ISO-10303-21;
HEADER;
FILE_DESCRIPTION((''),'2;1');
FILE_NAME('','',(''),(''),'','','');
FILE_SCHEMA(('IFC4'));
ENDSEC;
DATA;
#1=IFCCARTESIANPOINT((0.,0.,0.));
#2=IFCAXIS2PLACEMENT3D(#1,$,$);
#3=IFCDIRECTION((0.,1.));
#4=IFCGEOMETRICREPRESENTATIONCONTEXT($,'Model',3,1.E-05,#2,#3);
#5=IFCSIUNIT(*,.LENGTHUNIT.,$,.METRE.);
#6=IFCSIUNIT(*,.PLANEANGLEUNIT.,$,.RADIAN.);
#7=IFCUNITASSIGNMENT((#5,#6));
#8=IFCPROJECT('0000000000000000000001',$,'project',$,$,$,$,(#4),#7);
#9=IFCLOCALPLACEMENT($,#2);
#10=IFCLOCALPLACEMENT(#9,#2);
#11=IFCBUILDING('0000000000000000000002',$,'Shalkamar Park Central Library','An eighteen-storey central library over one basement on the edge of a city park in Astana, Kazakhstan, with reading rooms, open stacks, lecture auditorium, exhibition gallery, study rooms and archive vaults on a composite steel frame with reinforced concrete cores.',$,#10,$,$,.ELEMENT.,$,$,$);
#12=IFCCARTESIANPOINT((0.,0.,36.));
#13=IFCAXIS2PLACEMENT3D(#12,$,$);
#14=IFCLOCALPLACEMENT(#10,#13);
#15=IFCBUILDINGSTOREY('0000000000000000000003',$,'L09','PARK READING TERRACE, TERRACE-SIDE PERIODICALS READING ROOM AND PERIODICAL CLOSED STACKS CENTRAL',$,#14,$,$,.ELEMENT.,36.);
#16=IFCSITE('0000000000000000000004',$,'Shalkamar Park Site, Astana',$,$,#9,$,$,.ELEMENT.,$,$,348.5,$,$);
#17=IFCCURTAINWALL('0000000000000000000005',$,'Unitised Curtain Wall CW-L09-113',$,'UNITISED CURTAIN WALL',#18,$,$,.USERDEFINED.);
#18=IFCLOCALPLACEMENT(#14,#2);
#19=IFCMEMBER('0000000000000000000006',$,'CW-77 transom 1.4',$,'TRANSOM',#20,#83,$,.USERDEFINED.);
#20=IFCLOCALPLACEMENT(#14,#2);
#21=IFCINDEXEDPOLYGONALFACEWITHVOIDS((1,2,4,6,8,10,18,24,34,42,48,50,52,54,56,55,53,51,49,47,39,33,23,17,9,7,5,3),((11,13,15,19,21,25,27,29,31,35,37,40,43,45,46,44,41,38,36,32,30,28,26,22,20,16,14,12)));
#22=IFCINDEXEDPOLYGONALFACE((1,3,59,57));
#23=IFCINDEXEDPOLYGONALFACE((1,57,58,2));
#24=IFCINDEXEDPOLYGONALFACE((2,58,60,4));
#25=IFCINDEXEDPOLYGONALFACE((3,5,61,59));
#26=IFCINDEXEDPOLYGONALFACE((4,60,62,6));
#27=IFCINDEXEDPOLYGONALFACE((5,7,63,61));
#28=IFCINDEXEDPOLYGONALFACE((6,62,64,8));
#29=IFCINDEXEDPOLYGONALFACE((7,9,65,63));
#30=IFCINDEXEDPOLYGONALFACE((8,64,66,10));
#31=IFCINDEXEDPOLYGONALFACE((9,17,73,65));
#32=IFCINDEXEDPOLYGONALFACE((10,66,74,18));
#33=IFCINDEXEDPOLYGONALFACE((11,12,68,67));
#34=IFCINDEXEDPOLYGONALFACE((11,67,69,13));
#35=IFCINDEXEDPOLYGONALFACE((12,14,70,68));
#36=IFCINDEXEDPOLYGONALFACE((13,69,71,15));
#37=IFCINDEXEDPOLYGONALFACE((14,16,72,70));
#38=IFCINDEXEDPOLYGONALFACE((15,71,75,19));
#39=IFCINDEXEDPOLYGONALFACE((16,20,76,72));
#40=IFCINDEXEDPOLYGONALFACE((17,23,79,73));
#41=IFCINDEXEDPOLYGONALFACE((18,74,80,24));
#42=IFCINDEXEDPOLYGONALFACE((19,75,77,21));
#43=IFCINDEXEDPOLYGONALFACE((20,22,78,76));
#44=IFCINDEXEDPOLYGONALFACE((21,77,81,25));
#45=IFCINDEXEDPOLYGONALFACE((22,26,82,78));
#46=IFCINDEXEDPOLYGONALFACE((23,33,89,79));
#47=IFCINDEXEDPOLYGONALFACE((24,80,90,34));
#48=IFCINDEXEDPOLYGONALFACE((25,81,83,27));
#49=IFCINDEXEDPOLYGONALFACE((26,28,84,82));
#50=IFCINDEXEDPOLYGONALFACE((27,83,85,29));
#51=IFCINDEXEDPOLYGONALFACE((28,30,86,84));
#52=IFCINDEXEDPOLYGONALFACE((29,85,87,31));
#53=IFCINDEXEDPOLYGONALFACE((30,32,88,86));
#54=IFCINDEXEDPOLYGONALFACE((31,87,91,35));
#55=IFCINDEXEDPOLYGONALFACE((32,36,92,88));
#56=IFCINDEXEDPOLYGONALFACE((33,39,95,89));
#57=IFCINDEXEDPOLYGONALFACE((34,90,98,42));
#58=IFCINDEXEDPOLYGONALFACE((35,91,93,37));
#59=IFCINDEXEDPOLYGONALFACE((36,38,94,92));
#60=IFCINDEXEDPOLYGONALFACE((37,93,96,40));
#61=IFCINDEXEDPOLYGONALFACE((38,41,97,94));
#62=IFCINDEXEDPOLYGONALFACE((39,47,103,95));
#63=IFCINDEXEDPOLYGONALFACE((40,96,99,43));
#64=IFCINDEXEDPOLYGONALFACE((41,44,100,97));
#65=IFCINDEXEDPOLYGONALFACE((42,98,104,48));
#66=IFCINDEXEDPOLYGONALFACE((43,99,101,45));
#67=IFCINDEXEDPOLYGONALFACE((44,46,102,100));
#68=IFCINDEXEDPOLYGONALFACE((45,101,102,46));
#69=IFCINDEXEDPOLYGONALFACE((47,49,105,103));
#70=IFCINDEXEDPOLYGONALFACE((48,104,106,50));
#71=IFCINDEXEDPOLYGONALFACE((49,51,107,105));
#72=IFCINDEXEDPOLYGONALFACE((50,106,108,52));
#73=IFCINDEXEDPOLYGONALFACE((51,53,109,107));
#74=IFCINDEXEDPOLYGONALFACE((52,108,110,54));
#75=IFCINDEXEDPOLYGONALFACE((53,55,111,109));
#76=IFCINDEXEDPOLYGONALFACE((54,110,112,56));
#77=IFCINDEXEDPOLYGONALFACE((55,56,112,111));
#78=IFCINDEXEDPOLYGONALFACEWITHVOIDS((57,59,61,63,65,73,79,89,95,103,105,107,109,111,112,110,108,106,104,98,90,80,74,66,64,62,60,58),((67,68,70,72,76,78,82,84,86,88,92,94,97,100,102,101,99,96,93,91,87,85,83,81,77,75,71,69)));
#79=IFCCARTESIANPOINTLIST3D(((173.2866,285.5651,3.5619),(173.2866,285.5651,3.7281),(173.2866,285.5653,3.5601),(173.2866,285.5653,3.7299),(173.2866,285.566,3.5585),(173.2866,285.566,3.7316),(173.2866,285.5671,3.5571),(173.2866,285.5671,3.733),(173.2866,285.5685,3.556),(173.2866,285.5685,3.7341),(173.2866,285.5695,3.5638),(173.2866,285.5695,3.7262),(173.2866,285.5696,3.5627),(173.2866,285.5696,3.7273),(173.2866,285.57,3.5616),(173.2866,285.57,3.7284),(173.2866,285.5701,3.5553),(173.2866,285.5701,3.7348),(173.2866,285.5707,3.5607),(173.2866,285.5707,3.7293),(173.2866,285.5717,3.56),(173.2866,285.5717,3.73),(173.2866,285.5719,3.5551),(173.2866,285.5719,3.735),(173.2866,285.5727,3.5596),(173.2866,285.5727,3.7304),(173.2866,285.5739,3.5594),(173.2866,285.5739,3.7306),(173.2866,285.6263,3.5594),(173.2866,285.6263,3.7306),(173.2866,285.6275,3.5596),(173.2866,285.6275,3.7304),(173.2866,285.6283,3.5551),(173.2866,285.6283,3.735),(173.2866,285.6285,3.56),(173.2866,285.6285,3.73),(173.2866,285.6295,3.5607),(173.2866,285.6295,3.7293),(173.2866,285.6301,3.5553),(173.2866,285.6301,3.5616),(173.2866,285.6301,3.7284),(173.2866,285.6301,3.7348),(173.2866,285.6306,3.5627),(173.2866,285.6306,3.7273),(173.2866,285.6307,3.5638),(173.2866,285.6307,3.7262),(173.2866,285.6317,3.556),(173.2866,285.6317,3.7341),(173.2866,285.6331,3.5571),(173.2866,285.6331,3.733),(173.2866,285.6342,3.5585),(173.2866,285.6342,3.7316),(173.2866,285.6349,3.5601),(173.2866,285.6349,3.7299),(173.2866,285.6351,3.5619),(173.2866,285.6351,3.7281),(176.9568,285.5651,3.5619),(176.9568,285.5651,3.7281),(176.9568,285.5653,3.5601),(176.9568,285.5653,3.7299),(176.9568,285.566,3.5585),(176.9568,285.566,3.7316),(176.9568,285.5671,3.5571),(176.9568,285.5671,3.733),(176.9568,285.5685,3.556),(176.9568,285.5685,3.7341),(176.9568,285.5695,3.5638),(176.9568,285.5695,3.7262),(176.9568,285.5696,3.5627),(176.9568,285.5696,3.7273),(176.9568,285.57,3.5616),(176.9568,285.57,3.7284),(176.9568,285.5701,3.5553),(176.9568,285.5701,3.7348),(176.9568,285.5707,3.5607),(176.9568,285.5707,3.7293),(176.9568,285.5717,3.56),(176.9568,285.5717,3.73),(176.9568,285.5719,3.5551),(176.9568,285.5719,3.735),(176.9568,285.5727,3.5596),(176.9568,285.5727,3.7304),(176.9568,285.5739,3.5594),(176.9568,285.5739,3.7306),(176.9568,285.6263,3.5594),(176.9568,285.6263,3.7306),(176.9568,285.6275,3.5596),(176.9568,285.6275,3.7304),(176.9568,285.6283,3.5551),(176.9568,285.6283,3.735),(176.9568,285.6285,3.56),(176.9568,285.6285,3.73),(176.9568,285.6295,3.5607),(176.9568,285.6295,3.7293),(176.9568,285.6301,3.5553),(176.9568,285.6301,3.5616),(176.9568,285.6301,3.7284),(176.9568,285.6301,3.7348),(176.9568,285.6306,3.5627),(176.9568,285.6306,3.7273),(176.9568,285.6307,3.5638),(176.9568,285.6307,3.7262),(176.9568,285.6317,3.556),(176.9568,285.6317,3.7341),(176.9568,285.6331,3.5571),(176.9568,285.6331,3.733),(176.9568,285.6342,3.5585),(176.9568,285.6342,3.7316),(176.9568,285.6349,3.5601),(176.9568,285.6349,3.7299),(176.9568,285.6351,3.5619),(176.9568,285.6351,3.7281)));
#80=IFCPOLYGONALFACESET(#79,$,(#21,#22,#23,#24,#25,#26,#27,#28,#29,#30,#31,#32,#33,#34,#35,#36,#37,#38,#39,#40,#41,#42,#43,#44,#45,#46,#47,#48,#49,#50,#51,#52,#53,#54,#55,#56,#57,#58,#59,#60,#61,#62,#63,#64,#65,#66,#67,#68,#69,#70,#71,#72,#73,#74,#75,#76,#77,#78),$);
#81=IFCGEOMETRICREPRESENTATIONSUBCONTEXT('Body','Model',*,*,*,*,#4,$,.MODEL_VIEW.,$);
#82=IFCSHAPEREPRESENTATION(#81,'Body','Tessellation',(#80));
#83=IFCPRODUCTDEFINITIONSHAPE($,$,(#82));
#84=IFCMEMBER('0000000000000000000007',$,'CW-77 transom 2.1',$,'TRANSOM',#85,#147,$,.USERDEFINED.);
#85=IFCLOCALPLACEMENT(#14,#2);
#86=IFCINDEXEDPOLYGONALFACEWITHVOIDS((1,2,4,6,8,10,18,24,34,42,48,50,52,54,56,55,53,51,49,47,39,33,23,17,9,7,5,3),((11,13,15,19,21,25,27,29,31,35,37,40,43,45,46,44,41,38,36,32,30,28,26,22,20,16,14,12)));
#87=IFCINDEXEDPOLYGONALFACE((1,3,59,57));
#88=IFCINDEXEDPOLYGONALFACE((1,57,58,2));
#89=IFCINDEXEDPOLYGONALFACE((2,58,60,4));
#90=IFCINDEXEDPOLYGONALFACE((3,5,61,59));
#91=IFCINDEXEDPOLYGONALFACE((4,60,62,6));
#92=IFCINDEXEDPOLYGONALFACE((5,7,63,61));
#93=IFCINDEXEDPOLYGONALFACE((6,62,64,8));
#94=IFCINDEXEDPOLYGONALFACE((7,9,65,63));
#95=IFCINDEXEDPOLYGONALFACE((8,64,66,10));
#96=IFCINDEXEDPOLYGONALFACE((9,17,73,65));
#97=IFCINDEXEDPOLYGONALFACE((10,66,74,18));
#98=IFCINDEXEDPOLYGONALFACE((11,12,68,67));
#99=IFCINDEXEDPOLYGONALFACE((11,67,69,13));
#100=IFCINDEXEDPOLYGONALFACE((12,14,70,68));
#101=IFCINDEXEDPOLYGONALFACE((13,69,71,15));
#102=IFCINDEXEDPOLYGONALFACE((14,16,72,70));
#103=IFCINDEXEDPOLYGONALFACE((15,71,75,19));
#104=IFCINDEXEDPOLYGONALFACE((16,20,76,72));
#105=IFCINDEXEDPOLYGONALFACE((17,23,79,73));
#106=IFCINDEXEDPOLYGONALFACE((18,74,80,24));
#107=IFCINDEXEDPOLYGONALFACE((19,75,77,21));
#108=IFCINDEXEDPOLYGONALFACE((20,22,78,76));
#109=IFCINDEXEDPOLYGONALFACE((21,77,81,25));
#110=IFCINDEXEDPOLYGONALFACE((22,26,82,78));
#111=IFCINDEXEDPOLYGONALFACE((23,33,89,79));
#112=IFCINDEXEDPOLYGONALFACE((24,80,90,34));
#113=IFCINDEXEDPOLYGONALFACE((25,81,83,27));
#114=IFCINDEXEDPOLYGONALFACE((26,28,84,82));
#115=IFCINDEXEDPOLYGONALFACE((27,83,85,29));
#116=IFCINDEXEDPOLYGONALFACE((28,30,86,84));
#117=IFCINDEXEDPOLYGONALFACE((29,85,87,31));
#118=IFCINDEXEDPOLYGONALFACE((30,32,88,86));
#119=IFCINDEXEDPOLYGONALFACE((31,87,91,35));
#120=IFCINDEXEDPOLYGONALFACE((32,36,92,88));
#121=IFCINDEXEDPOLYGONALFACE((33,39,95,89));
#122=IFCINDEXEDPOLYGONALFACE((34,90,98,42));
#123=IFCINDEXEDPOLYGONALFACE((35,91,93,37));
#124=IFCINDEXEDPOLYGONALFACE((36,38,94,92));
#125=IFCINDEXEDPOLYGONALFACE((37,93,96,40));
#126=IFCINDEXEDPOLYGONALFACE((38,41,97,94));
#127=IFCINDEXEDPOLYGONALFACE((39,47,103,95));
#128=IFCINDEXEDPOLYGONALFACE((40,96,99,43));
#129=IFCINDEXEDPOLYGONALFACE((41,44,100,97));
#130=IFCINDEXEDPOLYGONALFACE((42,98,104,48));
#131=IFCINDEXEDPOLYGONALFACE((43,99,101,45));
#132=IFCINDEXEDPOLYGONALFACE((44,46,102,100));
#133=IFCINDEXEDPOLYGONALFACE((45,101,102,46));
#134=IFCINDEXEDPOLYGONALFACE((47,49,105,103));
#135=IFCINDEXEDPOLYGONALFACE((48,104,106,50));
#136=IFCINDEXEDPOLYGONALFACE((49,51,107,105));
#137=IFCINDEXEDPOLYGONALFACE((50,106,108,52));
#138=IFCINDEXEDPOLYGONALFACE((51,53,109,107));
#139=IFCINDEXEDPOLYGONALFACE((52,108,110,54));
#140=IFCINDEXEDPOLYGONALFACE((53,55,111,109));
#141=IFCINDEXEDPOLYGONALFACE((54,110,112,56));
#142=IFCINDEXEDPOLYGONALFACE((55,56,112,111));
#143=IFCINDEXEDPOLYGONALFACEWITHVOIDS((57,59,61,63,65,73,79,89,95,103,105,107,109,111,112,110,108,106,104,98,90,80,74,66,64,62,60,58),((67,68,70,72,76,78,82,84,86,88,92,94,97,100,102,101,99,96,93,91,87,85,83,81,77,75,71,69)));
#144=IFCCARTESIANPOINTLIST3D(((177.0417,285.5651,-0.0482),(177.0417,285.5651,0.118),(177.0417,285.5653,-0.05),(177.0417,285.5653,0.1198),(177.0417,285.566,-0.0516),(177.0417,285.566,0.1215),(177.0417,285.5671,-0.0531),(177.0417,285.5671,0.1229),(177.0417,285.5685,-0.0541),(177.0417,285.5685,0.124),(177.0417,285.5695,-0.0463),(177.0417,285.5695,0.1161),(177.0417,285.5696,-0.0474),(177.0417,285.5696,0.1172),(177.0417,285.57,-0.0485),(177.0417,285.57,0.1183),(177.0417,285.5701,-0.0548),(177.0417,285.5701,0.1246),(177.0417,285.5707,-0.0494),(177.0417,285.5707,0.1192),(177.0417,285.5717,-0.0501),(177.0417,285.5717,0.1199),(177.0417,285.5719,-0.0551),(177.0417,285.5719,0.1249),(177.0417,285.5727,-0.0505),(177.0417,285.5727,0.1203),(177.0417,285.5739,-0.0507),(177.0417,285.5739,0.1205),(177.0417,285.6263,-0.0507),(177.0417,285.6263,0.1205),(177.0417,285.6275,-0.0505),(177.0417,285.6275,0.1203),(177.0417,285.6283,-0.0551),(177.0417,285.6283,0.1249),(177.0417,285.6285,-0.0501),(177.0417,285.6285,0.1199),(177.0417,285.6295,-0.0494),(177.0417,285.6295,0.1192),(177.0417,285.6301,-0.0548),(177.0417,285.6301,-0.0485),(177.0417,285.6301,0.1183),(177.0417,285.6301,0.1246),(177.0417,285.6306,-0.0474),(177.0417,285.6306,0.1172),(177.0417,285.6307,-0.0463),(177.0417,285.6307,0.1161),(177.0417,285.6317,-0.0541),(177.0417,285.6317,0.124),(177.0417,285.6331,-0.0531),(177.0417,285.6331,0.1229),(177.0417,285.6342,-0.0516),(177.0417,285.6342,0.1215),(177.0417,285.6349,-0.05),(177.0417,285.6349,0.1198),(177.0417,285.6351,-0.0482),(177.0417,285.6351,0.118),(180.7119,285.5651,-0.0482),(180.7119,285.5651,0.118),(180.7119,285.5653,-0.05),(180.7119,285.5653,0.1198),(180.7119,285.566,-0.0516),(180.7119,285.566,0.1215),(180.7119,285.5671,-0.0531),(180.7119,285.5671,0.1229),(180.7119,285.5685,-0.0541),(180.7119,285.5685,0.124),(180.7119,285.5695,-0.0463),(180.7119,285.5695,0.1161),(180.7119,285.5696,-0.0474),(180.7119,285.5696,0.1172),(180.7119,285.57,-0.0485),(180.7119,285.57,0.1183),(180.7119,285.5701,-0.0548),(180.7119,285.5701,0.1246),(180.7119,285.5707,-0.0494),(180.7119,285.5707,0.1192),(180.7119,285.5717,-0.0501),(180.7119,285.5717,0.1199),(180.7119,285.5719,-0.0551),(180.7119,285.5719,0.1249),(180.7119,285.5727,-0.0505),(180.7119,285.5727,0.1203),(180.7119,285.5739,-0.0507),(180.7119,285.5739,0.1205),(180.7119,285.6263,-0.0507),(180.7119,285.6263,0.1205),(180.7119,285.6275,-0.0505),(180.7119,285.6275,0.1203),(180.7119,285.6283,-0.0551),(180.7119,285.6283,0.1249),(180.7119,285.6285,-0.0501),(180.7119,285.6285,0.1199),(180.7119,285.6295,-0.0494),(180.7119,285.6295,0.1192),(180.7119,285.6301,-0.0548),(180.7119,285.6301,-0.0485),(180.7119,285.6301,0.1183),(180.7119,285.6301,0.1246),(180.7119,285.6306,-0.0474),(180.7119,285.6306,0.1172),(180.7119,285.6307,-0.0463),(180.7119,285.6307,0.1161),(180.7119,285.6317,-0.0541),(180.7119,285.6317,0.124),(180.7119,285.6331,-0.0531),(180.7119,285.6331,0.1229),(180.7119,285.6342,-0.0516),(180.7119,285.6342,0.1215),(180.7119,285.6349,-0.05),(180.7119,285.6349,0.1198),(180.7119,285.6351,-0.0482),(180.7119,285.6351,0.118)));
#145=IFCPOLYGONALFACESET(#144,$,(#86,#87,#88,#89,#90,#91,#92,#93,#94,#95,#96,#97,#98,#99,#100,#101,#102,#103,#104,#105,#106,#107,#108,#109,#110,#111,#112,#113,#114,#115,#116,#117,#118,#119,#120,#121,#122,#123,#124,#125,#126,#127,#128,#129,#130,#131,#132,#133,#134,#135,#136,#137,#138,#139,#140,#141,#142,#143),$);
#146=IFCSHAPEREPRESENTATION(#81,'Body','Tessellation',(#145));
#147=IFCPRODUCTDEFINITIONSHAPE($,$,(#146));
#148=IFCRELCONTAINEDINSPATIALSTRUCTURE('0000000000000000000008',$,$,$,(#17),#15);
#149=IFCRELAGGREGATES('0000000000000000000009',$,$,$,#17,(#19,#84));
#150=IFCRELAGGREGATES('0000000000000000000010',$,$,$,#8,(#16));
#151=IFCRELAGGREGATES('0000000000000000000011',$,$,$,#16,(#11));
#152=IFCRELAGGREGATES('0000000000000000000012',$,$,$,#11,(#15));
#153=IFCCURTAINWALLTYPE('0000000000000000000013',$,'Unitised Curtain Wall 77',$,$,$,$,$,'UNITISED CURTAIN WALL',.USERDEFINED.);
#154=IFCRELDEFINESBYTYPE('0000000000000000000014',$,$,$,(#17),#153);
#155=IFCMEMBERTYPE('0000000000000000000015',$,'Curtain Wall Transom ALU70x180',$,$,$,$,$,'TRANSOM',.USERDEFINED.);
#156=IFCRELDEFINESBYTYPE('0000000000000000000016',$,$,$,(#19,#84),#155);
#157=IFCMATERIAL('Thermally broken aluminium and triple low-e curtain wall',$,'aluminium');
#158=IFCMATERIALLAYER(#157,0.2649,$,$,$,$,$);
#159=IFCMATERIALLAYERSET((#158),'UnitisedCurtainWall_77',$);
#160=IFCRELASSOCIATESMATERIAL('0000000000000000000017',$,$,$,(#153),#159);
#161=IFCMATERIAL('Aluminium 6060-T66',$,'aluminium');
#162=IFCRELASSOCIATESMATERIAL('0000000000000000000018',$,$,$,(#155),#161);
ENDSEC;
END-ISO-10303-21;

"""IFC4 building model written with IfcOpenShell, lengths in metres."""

from ifc_helpers import new_model, si_unit, direction, frame, origin, origin_2d, place, context, subcontext, project, spatial, hollow_rectangle, extrude, material, layer, layer_set, material_profile, profile_set, type_object, element, aggregate, save


model = new_model("IFC4")

# Units and contexts
model_context = context("Model", 3, precision=1e-05, world=origin(), true_north=direction((0.0, 1.0)))
body_context = subcontext(model_context, "Body", "Model", "MODEL_VIEW")
ifc_project = project(units=[si_unit("LENGTHUNIT", "METRE"), si_unit("PLANEANGLEUNIT", "RADIAN")], contexts=[model_context])

# Site, building, storey
site_placement = place(None, origin())
site = spatial("IfcSite", under=ifc_project, at=site_placement, Name="Shalkamar Park Site, Astana", CompositionType="ELEMENT", RefElevation=348.5)
building_placement = place(site_placement, origin())
building = spatial("IfcBuilding", under=site, at=building_placement, Name="Shalkamar Park Central Library", Description="An eighteen-storey central library over one basement on the edge of a city park in Astana, Kazakhstan, with reading rooms, open stacks, lecture auditorium, exhibition gallery, study rooms and archive vaults on a composite steel frame with reinforced concrete cores.", CompositionType="ELEMENT")
storey_placement = place(building_placement, frame((0.0, 0.0, 36.0)))
storey = spatial("IfcBuildingStorey", under=building, at=storey_placement, Name="L09", Description="PARK READING TERRACE, TERRACE-SIDE PERIODICALS READING ROOM AND PERIODICAL CLOSED STACKS CENTRAL", CompositionType="ELEMENT", Elevation=36.0)

# Curtain wall, members
ifc_material_1 = material(Name="Thermally broken aluminium and triple low-e curtain wall", Category="aluminium")
ifc_layer_1 = layer(ifc_material_1, 0.2649)
ifc_layer_set_1 = layer_set([ifc_layer_1], Name="UnitisedCurtainWall_77")
curtain_wall_type = type_object("IfcCurtainWallType", Name="Unitised Curtain Wall 77", ElementType="UNITISED CURTAIN WALL", PredefinedType="USERDEFINED", material=ifc_layer_set_1)
curtain_wall_placement = place(storey_placement, origin())
curtain_wall = element("IfcCurtainWall", 1, at=curtain_wall_placement, inside=storey, type_object=curtain_wall_type, Name="Unitised Curtain Wall CW-L09-113", ObjectType="UNITISED CURTAIN WALL", PredefinedType="USERDEFINED")
ifc_material_2 = material(Name="Aluminium 6060-T66", Category="aluminium")
ifc_material_profile_1 = material_profile(ifc_material_2, hollow_rectangle(XDim=0.0701, YDim=0.1799, WallThickness=0.0044, InnerFilletRadius=0.0044, OuterFilletRadius=0.0068, at=origin_2d()), Name="ALU 70x180x4.5")
ifc_profile_set_1 = profile_set([ifc_material_profile_1], Name="Aluminium 6060-T66")
member_type_1 = type_object("IfcMemberType", Name="Curtain Wall Transom ALU70x180", ElementType="TRANSOM", PredefinedType="USERDEFINED", material=ifc_profile_set_1)
member_1_placement = place(storey_placement, frame((173.2866, 285.6001, 3.645), z_axis=(1.0, 0.0, 0.0), x_axis=(0.0, 1.0, 0.0)))
member_1 = element("IfcMember", 2, at=member_1_placement, type_object=member_type_1, Name="CW-77 transom 1.4", ObjectType="TRANSOM", PredefinedType="USERDEFINED", context=body_context, shape_type="SweptSolid", body=[
    extrude(hollow_rectangle(XDim=0.0701, YDim=0.1799, WallThickness=0.0044, InnerFilletRadius=0.0044, OuterFilletRadius=0.0068, at=origin_2d()), origin(), (0.0, 0.0, 1.0), 3.6702),
])
member_2_placement = place(storey_placement, frame((177.0417, 285.6001, 0.0349), z_axis=(1.0, 0.0, 0.0), x_axis=(0.0, 1.0, 0.0)))
member_2 = element("IfcMember", 3, at=member_2_placement, type_object=member_type_1, Name="CW-77 transom 2.1", ObjectType="TRANSOM", PredefinedType="USERDEFINED", context=body_context, shape_type="SweptSolid", body=[
    extrude(hollow_rectangle(XDim=0.0701, YDim=0.1799, WallThickness=0.0044, InnerFilletRadius=0.0044, OuterFilletRadius=0.0068, at=origin_2d()), origin(), (0.0, 0.0, 1.0), 3.6702),
])

aggregate(curtain_wall, [member_1, member_2])

save(model, "model.ifc")
